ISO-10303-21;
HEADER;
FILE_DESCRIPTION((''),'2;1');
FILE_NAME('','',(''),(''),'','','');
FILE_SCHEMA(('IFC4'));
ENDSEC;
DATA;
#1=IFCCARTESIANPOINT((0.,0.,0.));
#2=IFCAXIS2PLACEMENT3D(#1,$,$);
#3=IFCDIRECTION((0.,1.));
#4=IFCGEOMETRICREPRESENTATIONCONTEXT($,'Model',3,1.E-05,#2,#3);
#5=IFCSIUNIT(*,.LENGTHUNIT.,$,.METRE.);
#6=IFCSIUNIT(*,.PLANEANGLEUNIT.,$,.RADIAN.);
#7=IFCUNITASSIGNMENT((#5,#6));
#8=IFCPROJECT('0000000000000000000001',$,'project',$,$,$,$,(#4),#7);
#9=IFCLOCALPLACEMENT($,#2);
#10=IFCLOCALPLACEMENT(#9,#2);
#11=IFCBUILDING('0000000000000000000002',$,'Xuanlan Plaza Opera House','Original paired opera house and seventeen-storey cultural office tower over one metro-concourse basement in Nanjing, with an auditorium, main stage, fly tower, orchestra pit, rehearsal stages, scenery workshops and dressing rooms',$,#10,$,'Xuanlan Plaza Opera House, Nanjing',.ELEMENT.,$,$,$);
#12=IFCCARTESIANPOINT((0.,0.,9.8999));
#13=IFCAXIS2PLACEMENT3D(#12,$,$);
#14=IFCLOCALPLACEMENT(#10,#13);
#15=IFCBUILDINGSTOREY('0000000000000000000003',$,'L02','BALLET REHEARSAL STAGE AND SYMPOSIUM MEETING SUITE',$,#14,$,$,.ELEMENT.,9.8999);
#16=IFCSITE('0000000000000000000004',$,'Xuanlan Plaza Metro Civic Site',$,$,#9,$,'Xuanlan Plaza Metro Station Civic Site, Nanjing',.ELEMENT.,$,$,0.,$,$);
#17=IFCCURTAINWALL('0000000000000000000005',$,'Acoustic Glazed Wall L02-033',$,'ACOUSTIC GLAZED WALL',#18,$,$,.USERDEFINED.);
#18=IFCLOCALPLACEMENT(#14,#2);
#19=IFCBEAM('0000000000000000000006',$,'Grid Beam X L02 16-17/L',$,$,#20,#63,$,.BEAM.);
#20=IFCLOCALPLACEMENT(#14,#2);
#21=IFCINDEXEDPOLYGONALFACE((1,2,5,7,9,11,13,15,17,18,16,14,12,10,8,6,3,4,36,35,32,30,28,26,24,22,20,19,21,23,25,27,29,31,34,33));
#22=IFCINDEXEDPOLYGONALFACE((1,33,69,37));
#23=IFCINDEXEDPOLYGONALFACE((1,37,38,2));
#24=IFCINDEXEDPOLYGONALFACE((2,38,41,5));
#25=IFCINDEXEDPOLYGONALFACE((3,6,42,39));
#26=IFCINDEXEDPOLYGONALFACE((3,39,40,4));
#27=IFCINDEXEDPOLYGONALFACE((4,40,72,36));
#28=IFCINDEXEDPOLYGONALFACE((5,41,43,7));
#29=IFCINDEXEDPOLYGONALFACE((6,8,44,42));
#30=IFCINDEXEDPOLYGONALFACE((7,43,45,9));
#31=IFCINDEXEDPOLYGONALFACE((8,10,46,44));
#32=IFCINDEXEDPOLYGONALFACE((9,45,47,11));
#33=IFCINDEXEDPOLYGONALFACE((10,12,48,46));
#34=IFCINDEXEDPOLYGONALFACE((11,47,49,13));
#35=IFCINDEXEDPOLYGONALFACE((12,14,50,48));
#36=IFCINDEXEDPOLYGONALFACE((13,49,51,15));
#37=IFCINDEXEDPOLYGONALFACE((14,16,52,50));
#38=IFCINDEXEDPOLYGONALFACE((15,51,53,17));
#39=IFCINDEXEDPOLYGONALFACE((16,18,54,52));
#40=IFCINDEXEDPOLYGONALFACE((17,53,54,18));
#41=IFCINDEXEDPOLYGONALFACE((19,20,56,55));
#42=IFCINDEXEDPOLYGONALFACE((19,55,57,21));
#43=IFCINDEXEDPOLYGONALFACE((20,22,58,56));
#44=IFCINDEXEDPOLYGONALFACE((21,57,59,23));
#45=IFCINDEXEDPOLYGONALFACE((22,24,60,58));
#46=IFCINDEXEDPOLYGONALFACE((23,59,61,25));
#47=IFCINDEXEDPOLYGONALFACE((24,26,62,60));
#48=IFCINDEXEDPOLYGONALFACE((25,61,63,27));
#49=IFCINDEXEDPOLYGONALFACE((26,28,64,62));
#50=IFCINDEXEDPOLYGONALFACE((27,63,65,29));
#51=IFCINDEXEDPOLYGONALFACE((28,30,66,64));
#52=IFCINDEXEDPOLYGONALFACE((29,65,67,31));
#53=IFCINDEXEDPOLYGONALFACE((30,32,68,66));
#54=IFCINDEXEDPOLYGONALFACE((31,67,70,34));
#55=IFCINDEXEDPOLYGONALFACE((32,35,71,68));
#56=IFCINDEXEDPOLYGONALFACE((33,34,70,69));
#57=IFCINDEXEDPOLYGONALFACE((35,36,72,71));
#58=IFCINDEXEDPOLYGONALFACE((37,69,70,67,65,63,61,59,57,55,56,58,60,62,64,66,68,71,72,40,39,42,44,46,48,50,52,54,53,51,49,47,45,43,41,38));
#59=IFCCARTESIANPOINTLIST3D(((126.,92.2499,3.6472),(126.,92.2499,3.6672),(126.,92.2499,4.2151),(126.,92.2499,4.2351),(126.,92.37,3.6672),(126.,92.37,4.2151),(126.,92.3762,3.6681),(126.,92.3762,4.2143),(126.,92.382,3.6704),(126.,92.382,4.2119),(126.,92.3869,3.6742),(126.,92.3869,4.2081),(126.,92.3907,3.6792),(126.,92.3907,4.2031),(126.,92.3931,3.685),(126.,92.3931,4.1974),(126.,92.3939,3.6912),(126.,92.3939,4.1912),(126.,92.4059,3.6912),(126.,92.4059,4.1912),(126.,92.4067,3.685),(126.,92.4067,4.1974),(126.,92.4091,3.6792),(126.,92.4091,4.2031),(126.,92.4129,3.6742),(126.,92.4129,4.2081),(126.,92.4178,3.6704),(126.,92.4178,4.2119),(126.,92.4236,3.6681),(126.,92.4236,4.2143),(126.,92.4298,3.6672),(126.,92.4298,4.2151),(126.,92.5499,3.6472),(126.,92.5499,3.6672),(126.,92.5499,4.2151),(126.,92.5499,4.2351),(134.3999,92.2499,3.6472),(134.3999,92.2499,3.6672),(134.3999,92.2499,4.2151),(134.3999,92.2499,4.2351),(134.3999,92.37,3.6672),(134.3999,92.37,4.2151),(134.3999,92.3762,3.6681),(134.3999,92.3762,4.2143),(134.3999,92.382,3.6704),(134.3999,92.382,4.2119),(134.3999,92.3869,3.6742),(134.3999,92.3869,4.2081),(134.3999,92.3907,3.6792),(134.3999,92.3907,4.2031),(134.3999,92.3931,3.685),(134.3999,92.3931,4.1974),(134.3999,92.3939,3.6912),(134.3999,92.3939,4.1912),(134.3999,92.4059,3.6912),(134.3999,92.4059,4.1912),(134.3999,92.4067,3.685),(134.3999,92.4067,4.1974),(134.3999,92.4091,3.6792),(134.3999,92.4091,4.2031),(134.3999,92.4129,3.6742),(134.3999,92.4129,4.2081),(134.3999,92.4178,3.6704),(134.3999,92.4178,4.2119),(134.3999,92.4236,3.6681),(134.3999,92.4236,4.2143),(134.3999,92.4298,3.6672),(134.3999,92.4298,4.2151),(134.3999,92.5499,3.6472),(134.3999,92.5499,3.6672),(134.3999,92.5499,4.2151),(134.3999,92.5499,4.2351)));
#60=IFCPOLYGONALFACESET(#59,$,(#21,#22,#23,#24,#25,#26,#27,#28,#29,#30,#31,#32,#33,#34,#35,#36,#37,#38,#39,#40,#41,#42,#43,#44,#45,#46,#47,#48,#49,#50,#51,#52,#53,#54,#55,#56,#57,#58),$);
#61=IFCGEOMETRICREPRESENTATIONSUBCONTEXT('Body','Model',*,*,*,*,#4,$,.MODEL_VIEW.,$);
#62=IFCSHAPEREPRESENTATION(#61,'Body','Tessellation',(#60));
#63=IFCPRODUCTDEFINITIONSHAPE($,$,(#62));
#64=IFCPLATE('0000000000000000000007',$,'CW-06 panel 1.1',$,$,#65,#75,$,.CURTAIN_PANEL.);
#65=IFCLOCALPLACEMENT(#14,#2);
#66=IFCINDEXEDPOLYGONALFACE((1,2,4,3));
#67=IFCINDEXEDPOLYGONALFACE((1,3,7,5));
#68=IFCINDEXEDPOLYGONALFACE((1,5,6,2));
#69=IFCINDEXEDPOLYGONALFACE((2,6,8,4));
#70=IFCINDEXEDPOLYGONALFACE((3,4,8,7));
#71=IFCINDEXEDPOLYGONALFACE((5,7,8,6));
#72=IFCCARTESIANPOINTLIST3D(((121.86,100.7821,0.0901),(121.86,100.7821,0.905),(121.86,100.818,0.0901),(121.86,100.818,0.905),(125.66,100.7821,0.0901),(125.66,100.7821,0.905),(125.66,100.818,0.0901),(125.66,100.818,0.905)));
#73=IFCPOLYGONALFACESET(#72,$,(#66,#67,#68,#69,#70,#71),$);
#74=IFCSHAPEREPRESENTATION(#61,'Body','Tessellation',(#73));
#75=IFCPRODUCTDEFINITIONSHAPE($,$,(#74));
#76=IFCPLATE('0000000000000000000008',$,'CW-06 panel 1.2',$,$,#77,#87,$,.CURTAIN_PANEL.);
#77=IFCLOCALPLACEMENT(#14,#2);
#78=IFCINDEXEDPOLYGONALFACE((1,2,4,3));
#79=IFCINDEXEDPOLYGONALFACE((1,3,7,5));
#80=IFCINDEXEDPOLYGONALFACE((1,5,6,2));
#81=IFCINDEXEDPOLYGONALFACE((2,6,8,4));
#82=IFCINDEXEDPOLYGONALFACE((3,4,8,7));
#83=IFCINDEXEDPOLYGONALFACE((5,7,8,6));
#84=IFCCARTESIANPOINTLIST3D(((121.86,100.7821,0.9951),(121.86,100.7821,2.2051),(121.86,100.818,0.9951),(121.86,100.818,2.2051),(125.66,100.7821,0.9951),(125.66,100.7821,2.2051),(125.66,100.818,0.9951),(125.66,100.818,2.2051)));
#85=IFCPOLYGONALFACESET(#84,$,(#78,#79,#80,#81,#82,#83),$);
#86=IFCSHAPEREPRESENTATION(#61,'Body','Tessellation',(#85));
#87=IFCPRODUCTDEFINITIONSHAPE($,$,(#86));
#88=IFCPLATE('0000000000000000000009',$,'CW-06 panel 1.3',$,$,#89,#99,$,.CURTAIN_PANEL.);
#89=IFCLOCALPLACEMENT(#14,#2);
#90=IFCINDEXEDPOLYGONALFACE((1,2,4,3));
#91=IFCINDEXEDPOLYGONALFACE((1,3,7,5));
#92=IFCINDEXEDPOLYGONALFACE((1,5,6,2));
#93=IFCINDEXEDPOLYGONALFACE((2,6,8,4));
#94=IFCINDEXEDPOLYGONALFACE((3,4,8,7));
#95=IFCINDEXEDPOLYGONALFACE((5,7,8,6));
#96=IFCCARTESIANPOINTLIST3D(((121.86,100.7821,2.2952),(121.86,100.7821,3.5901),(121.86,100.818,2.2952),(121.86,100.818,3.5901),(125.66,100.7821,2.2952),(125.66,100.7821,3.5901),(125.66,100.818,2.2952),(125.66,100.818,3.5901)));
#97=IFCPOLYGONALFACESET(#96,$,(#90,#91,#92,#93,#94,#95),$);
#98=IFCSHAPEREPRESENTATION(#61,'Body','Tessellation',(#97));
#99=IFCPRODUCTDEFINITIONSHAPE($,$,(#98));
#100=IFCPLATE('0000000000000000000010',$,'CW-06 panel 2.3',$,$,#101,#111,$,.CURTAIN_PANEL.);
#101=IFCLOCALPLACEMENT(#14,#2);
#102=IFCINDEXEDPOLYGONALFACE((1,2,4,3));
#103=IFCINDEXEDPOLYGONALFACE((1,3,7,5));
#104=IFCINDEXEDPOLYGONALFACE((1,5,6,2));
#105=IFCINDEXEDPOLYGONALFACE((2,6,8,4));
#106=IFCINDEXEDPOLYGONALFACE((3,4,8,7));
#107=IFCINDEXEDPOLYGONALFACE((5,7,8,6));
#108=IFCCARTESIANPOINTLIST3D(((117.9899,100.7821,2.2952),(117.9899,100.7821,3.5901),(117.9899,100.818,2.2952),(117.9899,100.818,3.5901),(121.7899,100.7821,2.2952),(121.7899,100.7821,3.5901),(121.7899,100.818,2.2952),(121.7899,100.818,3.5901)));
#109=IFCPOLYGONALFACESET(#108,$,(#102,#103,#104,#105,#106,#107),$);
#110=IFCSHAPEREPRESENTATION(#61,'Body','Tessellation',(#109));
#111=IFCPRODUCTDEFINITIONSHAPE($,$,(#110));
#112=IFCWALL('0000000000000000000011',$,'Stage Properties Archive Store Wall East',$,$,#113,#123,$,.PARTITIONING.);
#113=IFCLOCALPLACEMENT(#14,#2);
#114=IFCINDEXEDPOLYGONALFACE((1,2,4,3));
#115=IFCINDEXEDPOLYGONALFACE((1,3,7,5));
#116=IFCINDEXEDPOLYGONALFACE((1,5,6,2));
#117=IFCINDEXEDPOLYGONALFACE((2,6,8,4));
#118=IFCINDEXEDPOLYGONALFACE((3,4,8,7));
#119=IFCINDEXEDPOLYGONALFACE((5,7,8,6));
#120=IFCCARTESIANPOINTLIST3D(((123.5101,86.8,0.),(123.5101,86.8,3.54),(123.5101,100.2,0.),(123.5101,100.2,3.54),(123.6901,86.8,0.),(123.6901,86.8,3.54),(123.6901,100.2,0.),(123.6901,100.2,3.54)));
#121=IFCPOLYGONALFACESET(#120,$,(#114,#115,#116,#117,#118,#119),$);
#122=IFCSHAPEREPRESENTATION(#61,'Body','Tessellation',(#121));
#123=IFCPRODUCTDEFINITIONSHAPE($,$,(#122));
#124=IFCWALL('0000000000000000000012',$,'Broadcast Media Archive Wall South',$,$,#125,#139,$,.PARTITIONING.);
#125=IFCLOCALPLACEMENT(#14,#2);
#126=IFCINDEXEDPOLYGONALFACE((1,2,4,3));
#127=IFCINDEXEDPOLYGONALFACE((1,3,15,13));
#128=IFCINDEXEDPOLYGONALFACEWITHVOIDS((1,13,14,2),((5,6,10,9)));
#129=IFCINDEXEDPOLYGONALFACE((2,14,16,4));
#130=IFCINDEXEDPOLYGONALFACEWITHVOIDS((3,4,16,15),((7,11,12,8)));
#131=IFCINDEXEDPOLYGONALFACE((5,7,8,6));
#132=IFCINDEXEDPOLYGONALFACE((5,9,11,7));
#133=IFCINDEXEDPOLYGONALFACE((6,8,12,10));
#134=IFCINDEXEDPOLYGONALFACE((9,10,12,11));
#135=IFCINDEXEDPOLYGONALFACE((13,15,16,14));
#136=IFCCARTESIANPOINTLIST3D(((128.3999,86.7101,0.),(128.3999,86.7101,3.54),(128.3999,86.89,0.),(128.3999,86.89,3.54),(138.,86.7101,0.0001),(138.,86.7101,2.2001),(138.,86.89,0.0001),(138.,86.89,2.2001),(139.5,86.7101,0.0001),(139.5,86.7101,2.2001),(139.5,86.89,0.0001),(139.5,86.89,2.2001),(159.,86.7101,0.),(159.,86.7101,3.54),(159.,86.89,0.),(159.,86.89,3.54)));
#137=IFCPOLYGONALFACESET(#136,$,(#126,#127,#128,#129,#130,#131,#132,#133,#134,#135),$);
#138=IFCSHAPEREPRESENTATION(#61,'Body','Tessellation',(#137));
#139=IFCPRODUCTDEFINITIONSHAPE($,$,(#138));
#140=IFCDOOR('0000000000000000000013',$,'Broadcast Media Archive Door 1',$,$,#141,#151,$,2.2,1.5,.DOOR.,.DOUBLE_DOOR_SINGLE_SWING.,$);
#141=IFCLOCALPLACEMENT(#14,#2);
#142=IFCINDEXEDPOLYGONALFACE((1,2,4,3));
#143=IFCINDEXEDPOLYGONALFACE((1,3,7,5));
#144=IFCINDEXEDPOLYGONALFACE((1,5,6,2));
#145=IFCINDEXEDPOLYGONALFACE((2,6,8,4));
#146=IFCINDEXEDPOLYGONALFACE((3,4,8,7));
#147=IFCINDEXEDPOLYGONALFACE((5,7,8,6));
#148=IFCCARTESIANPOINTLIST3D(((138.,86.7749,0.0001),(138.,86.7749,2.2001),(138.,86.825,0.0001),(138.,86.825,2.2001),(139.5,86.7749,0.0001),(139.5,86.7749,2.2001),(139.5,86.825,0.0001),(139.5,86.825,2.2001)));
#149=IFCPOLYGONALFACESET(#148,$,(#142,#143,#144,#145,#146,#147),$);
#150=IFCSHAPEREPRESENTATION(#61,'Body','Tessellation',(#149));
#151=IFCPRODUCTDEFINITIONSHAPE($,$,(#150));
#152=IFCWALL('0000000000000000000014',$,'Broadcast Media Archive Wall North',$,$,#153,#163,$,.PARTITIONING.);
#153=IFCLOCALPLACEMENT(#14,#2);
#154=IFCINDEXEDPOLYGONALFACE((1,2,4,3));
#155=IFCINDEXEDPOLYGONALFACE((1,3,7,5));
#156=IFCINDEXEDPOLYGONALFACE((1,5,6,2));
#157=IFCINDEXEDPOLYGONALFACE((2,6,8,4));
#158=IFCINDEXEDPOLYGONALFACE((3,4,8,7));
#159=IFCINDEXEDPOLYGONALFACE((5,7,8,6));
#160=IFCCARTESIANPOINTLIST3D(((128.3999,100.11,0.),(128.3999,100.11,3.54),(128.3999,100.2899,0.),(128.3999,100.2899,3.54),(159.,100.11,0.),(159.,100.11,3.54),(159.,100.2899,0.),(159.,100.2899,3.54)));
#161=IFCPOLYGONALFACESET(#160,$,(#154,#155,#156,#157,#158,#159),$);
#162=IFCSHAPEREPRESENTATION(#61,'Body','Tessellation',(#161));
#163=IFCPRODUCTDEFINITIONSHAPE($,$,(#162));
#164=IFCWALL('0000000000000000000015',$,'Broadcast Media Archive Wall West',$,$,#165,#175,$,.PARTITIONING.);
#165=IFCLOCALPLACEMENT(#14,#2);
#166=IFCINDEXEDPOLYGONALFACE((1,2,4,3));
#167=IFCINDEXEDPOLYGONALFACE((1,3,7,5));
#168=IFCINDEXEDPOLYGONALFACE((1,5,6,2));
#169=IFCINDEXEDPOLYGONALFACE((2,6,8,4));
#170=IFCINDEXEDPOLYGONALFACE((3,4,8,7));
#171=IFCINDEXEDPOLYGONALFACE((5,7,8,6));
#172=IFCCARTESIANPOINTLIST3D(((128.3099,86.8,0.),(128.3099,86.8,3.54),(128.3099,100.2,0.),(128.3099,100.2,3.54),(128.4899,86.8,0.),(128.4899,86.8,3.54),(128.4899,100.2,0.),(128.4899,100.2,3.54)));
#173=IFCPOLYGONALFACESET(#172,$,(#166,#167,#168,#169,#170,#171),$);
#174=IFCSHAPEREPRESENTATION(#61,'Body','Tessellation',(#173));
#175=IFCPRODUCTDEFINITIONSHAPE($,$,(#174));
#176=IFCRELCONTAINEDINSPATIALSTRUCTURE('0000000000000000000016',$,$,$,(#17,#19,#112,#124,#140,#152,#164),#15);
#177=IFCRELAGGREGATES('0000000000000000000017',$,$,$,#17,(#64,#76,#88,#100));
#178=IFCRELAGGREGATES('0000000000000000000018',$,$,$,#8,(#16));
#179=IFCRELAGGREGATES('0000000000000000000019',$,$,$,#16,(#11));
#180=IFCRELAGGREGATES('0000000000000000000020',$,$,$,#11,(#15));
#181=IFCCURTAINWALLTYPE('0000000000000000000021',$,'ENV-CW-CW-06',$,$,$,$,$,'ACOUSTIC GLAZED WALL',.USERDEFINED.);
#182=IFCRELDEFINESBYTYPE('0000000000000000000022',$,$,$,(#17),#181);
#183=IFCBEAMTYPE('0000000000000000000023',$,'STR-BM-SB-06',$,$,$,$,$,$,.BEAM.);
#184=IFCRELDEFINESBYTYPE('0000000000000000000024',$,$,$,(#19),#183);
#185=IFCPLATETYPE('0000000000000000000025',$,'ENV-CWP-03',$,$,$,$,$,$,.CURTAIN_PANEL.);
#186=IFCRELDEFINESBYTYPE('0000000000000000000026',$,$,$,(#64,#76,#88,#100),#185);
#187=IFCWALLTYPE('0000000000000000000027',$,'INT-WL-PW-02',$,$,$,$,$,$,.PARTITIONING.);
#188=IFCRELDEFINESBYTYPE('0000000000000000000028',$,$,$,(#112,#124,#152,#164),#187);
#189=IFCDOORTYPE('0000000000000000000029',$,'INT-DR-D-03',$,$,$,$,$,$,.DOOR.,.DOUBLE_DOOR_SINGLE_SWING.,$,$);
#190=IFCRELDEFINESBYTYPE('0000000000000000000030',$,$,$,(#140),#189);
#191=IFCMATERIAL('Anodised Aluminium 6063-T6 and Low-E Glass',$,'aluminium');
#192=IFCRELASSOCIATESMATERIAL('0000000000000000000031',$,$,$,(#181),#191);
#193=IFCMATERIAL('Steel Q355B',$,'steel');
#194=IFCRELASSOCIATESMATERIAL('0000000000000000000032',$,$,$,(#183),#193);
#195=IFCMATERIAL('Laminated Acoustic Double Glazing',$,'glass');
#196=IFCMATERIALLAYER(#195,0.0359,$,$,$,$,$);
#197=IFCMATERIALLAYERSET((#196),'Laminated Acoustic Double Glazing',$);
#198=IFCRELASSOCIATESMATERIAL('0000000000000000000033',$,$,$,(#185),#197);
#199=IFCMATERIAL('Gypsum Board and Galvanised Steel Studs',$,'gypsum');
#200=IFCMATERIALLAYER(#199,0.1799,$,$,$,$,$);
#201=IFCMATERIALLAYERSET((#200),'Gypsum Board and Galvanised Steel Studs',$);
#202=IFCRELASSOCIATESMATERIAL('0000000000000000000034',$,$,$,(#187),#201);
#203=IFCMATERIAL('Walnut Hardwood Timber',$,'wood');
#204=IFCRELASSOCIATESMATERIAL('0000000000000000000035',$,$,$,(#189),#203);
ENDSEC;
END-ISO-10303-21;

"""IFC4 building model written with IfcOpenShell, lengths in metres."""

from ifc_helpers import new_model, si_unit, direction, frame, frame_2d, origin, origin_2d, place, context, subcontext, project, spatial, rectangle, i_section, extrude, material, layer, layer_set, material_profile, profile_set, type_object, element, fill, aggregate, save


model = new_model("IFC4")

# Units and contexts
model_context = context("Model", 3, precision=1e-05, world=origin(), true_north=direction((0.0, 1.0)))
body_context = subcontext(model_context, "Body", "Model", "MODEL_VIEW")
ifc_project = project(units=[si_unit("LENGTHUNIT", "METRE"), si_unit("PLANEANGLEUNIT", "RADIAN")], contexts=[model_context])

# Site, building, storey
site_placement = place(None, origin())
site = spatial("IfcSite", under=ifc_project, at=site_placement, Name="Xuanlan Plaza Metro Civic Site", LongName="Xuanlan Plaza Metro Station Civic Site, Nanjing", CompositionType="ELEMENT", RefElevation=0.0)
building_placement = place(site_placement, origin())
building = spatial("IfcBuilding", under=site, at=building_placement, Name="Xuanlan Plaza Opera House", Description="Original paired opera house and seventeen-storey cultural office tower over one metro-concourse basement in Nanjing, with an auditorium, main stage, fly tower, orchestra pit, rehearsal stages, scenery workshops and dressing rooms", LongName="Xuanlan Plaza Opera House, Nanjing", CompositionType="ELEMENT")
storey_placement = place(building_placement, frame((0.0, 0.0, 9.8999)))
storey = spatial("IfcBuildingStorey", under=building, at=storey_placement, Name="L02", Description="BALLET REHEARSAL STAGE AND SYMPOSIUM MEETING SUITE", CompositionType="ELEMENT", Elevation=9.8999)

# Curtain wall
ifc_material_1 = material(Name="Anodised Aluminium 6063-T6 and Low-E Glass", Category="aluminium")
curtain_wall_type = type_object("IfcCurtainWallType", Name="ENV-CW-CW-06", ElementType="ACOUSTIC GLAZED WALL", PredefinedType="USERDEFINED", material=ifc_material_1)
curtain_wall_placement = place(storey_placement, origin())
curtain_wall = element("IfcCurtainWall", 1, at=curtain_wall_placement, inside=storey, type_object=curtain_wall_type, Name="Acoustic Glazed Wall L02-033", ObjectType="ACOUSTIC GLAZED WALL", PredefinedType="USERDEFINED")

# Beam
ifc_material_2 = material(Name="Steel Q355B", Category="steel")
ifc_material_profile_1 = material_profile(ifc_material_2, i_section(OverallWidth=0.3, OverallDepth=0.5879, WebThickness=0.012, FlangeThickness=0.02, FilletRadius=0.0239, at=origin_2d()), Name="HM 588x300x12x20")
ifc_profile_set_1 = profile_set([ifc_material_profile_1], Name="Steel Q355B")
beam_type_1 = type_object("IfcBeamType", Name="STR-BM-SB-06", PredefinedType="BEAM", material=ifc_profile_set_1)
beam_1_placement = place(storey_placement, frame((126.0, 92.3999, 3.9412), z_axis=(1.0, 0.0, 0.0), x_axis=(0.0, 1.0, 0.0)))
element("IfcBeam", 2, at=beam_1_placement, inside=storey, type_object=beam_type_1, Name="Grid Beam X L02 16-17/L", PredefinedType="BEAM", context=body_context, shape_type="SweptSolid", body=[
    extrude(i_section(OverallWidth=0.3, OverallDepth=0.5879, WebThickness=0.012, FlangeThickness=0.02, FilletRadius=0.0239, at=origin_2d()), origin(), (0.0, 0.0, 1.0), 8.3999),
])

# Plates
ifc_material_3 = material(Name="Laminated Acoustic Double Glazing", Category="glass")
ifc_layer_1 = layer(ifc_material_3, 0.0359)
ifc_layer_set_1 = layer_set([ifc_layer_1], Name="Laminated Acoustic Double Glazing")
plate_type = type_object("IfcPlateType", Name="ENV-CWP-03", PredefinedType="CURTAIN_PANEL", material=ifc_layer_set_1)
plate_1_placement = place(storey_placement, frame((123.76, 100.8, 0.0901), z_axis=(0.0, 0.0, 1.0), x_axis=(-1.0, 0.0, 0.0)))
plate_1 = element("IfcPlate", 3, at=plate_1_placement, type_object=plate_type, Name="CW-06 panel 1.1", PredefinedType="CURTAIN_PANEL", context=body_context, shape_type="SweptSolid", body=[
    extrude(rectangle(XDim=3.8, YDim=0.0359, at=origin_2d()), origin(), (0.0, 0.0, 1.0), 0.8149),
])
plate_2_placement = place(storey_placement, frame((123.76, 100.8, 0.9951), z_axis=(0.0, 0.0, 1.0), x_axis=(-1.0, 0.0, 0.0)))
plate_2 = element("IfcPlate", 4, at=plate_2_placement, type_object=plate_type, Name="CW-06 panel 1.2", PredefinedType="CURTAIN_PANEL", context=body_context, shape_type="SweptSolid", body=[
    extrude(rectangle(XDim=3.8, YDim=0.0359, at=origin_2d()), origin(), (0.0, 0.0, 1.0), 1.21),
])
plate_3_placement = place(storey_placement, frame((123.76, 100.8, 2.2952), z_axis=(0.0, 0.0, 1.0), x_axis=(-1.0, 0.0, 0.0)))
plate_3 = element("IfcPlate", 5, at=plate_3_placement, type_object=plate_type, Name="CW-06 panel 1.3", PredefinedType="CURTAIN_PANEL", context=body_context, shape_type="SweptSolid", body=[
    extrude(rectangle(XDim=3.8, YDim=0.0359, at=origin_2d()), origin(), (0.0, 0.0, 1.0), 1.2949),
])
plate_4_placement = place(storey_placement, frame((119.8899, 100.8, 2.2952), z_axis=(0.0, 0.0, 1.0), x_axis=(-1.0, 0.0, 0.0)))
plate_4 = element("IfcPlate", 6, at=plate_4_placement, type_object=plate_type, Name="CW-06 panel 2.3", PredefinedType="CURTAIN_PANEL", context=body_context, shape_type="SweptSolid", body=[
    extrude(rectangle(XDim=3.8, YDim=0.0359, at=origin_2d()), origin(), (0.0, 0.0, 1.0), 1.2949),
])
aggregate(curtain_wall, [plate_1, plate_2, plate_3, plate_4])

# Wall
ifc_material_4 = material(Name="Gypsum Board and Galvanised Steel Studs", Category="gypsum")
ifc_layer_2 = layer(ifc_material_4, 0.1799)
ifc_layer_set_2 = layer_set([ifc_layer_2], Name="Gypsum Board and Galvanised Steel Studs")
wall_type = type_object("IfcWallType", Name="INT-WL-PW-02", PredefinedType="PARTITIONING", material=ifc_layer_set_2)
wall_1_placement = place(storey_placement, frame((123.6001, 86.8, 0.0), z_axis=(0.0, 0.0, 1.0), x_axis=(0.0, 1.0, 0.0)))
element("IfcWall", 7, at=wall_1_placement, inside=storey, type_object=wall_type, Name="Stage Properties Archive Store Wall East", PredefinedType="PARTITIONING", context=body_context, shape_type="SweptSolid", body=[
    extrude(rectangle(XDim=13.3999, YDim=0.1799, at=frame_2d((6.7, 0.0))), origin(), (0.0, 0.0, 1.0), 3.54),
])

# Wall, opening, door
wall_2_placement = place(storey_placement, frame((128.3999, 86.8, 0.0), z_axis=(0.0, 0.0, 1.0), x_axis=(1.0, 0.0, 0.0)))
wall_2 = element("IfcWall", 8, at=wall_2_placement, inside=storey, type_object=wall_type, Name="Broadcast Media Archive Wall South", PredefinedType="PARTITIONING", context=body_context, shape_type="SweptSolid", body=[
    extrude(rectangle(XDim=30.6001, YDim=0.1799, at=frame_2d((15.3, 0.0))), origin(), (0.0, 0.0, 1.0), 3.54),
])
opening_placement = place(wall_2_placement, frame((9.6001, 0.0, 0.0)))
opening = element("IfcOpeningElement", 9, at=opening_placement, cuts=wall_2, PredefinedType="OPENING", context=body_context, shape_type="SweptSolid", body=[
    extrude(rectangle(XDim=1.5, YDim=2.2, at=frame_2d((0.75, 1.1001))), frame((0.0, 0.0999, 0.0), z_axis=(0.0, -1.0, 0.0), x_axis=(1.0, 0.0, 0.0)), (0.0, 0.0, 1.0), 0.2),
])
ifc_material_5 = material(Name="Walnut Hardwood Timber", Category="wood")
door_type = type_object("IfcDoorType", Name="INT-DR-D-03", OperationType="DOUBLE_DOOR_SINGLE_SWING", PredefinedType="DOOR", material=ifc_material_5)
door_placement = place(opening_placement, origin())
door = element("IfcDoor", 10, at=door_placement, inside=storey, type_object=door_type, Name="Broadcast Media Archive Door 1", OperationType="DOUBLE_DOOR_SINGLE_SWING", OverallHeight=2.2, OverallWidth=1.5, PredefinedType="DOOR", context=body_context, shape_type="SweptSolid", body=[
    extrude(rectangle(XDim=1.5, YDim=2.2, at=frame_2d((0.75, 1.1001))), frame((0.0, 0.0249, 0.0), z_axis=(0.0, -1.0, 0.0), x_axis=(1.0, 0.0, 0.0)), (0.0, 0.0, 1.0), 0.05),
])
fill(opening, door)

# Walls
wall_3_placement = place(storey_placement, frame((128.3999, 100.2, 0.0), z_axis=(0.0, 0.0, 1.0), x_axis=(1.0, 0.0, 0.0)))
element("IfcWall", 11, at=wall_3_placement, inside=storey, type_object=wall_type, Name="Broadcast Media Archive Wall North", PredefinedType="PARTITIONING", context=body_context, shape_type="SweptSolid", body=[
    extrude(rectangle(XDim=30.6001, YDim=0.1799, at=frame_2d((15.3, 0.0))), origin(), (0.0, 0.0, 1.0), 3.54),
])
wall_4_placement = place(storey_placement, frame((128.3999, 86.8, 0.0), z_axis=(0.0, 0.0, 1.0), x_axis=(0.0, 1.0, 0.0)))
element("IfcWall", 12, at=wall_4_placement, inside=storey, type_object=wall_type, Name="Broadcast Media Archive Wall West", PredefinedType="PARTITIONING", context=body_context, shape_type="SweptSolid", body=[
    extrude(rectangle(XDim=13.3999, YDim=0.1799, at=frame_2d((6.7, 0.0))), origin(), (0.0, 0.0, 1.0), 3.54),
])

save(model, "model.ifc")
